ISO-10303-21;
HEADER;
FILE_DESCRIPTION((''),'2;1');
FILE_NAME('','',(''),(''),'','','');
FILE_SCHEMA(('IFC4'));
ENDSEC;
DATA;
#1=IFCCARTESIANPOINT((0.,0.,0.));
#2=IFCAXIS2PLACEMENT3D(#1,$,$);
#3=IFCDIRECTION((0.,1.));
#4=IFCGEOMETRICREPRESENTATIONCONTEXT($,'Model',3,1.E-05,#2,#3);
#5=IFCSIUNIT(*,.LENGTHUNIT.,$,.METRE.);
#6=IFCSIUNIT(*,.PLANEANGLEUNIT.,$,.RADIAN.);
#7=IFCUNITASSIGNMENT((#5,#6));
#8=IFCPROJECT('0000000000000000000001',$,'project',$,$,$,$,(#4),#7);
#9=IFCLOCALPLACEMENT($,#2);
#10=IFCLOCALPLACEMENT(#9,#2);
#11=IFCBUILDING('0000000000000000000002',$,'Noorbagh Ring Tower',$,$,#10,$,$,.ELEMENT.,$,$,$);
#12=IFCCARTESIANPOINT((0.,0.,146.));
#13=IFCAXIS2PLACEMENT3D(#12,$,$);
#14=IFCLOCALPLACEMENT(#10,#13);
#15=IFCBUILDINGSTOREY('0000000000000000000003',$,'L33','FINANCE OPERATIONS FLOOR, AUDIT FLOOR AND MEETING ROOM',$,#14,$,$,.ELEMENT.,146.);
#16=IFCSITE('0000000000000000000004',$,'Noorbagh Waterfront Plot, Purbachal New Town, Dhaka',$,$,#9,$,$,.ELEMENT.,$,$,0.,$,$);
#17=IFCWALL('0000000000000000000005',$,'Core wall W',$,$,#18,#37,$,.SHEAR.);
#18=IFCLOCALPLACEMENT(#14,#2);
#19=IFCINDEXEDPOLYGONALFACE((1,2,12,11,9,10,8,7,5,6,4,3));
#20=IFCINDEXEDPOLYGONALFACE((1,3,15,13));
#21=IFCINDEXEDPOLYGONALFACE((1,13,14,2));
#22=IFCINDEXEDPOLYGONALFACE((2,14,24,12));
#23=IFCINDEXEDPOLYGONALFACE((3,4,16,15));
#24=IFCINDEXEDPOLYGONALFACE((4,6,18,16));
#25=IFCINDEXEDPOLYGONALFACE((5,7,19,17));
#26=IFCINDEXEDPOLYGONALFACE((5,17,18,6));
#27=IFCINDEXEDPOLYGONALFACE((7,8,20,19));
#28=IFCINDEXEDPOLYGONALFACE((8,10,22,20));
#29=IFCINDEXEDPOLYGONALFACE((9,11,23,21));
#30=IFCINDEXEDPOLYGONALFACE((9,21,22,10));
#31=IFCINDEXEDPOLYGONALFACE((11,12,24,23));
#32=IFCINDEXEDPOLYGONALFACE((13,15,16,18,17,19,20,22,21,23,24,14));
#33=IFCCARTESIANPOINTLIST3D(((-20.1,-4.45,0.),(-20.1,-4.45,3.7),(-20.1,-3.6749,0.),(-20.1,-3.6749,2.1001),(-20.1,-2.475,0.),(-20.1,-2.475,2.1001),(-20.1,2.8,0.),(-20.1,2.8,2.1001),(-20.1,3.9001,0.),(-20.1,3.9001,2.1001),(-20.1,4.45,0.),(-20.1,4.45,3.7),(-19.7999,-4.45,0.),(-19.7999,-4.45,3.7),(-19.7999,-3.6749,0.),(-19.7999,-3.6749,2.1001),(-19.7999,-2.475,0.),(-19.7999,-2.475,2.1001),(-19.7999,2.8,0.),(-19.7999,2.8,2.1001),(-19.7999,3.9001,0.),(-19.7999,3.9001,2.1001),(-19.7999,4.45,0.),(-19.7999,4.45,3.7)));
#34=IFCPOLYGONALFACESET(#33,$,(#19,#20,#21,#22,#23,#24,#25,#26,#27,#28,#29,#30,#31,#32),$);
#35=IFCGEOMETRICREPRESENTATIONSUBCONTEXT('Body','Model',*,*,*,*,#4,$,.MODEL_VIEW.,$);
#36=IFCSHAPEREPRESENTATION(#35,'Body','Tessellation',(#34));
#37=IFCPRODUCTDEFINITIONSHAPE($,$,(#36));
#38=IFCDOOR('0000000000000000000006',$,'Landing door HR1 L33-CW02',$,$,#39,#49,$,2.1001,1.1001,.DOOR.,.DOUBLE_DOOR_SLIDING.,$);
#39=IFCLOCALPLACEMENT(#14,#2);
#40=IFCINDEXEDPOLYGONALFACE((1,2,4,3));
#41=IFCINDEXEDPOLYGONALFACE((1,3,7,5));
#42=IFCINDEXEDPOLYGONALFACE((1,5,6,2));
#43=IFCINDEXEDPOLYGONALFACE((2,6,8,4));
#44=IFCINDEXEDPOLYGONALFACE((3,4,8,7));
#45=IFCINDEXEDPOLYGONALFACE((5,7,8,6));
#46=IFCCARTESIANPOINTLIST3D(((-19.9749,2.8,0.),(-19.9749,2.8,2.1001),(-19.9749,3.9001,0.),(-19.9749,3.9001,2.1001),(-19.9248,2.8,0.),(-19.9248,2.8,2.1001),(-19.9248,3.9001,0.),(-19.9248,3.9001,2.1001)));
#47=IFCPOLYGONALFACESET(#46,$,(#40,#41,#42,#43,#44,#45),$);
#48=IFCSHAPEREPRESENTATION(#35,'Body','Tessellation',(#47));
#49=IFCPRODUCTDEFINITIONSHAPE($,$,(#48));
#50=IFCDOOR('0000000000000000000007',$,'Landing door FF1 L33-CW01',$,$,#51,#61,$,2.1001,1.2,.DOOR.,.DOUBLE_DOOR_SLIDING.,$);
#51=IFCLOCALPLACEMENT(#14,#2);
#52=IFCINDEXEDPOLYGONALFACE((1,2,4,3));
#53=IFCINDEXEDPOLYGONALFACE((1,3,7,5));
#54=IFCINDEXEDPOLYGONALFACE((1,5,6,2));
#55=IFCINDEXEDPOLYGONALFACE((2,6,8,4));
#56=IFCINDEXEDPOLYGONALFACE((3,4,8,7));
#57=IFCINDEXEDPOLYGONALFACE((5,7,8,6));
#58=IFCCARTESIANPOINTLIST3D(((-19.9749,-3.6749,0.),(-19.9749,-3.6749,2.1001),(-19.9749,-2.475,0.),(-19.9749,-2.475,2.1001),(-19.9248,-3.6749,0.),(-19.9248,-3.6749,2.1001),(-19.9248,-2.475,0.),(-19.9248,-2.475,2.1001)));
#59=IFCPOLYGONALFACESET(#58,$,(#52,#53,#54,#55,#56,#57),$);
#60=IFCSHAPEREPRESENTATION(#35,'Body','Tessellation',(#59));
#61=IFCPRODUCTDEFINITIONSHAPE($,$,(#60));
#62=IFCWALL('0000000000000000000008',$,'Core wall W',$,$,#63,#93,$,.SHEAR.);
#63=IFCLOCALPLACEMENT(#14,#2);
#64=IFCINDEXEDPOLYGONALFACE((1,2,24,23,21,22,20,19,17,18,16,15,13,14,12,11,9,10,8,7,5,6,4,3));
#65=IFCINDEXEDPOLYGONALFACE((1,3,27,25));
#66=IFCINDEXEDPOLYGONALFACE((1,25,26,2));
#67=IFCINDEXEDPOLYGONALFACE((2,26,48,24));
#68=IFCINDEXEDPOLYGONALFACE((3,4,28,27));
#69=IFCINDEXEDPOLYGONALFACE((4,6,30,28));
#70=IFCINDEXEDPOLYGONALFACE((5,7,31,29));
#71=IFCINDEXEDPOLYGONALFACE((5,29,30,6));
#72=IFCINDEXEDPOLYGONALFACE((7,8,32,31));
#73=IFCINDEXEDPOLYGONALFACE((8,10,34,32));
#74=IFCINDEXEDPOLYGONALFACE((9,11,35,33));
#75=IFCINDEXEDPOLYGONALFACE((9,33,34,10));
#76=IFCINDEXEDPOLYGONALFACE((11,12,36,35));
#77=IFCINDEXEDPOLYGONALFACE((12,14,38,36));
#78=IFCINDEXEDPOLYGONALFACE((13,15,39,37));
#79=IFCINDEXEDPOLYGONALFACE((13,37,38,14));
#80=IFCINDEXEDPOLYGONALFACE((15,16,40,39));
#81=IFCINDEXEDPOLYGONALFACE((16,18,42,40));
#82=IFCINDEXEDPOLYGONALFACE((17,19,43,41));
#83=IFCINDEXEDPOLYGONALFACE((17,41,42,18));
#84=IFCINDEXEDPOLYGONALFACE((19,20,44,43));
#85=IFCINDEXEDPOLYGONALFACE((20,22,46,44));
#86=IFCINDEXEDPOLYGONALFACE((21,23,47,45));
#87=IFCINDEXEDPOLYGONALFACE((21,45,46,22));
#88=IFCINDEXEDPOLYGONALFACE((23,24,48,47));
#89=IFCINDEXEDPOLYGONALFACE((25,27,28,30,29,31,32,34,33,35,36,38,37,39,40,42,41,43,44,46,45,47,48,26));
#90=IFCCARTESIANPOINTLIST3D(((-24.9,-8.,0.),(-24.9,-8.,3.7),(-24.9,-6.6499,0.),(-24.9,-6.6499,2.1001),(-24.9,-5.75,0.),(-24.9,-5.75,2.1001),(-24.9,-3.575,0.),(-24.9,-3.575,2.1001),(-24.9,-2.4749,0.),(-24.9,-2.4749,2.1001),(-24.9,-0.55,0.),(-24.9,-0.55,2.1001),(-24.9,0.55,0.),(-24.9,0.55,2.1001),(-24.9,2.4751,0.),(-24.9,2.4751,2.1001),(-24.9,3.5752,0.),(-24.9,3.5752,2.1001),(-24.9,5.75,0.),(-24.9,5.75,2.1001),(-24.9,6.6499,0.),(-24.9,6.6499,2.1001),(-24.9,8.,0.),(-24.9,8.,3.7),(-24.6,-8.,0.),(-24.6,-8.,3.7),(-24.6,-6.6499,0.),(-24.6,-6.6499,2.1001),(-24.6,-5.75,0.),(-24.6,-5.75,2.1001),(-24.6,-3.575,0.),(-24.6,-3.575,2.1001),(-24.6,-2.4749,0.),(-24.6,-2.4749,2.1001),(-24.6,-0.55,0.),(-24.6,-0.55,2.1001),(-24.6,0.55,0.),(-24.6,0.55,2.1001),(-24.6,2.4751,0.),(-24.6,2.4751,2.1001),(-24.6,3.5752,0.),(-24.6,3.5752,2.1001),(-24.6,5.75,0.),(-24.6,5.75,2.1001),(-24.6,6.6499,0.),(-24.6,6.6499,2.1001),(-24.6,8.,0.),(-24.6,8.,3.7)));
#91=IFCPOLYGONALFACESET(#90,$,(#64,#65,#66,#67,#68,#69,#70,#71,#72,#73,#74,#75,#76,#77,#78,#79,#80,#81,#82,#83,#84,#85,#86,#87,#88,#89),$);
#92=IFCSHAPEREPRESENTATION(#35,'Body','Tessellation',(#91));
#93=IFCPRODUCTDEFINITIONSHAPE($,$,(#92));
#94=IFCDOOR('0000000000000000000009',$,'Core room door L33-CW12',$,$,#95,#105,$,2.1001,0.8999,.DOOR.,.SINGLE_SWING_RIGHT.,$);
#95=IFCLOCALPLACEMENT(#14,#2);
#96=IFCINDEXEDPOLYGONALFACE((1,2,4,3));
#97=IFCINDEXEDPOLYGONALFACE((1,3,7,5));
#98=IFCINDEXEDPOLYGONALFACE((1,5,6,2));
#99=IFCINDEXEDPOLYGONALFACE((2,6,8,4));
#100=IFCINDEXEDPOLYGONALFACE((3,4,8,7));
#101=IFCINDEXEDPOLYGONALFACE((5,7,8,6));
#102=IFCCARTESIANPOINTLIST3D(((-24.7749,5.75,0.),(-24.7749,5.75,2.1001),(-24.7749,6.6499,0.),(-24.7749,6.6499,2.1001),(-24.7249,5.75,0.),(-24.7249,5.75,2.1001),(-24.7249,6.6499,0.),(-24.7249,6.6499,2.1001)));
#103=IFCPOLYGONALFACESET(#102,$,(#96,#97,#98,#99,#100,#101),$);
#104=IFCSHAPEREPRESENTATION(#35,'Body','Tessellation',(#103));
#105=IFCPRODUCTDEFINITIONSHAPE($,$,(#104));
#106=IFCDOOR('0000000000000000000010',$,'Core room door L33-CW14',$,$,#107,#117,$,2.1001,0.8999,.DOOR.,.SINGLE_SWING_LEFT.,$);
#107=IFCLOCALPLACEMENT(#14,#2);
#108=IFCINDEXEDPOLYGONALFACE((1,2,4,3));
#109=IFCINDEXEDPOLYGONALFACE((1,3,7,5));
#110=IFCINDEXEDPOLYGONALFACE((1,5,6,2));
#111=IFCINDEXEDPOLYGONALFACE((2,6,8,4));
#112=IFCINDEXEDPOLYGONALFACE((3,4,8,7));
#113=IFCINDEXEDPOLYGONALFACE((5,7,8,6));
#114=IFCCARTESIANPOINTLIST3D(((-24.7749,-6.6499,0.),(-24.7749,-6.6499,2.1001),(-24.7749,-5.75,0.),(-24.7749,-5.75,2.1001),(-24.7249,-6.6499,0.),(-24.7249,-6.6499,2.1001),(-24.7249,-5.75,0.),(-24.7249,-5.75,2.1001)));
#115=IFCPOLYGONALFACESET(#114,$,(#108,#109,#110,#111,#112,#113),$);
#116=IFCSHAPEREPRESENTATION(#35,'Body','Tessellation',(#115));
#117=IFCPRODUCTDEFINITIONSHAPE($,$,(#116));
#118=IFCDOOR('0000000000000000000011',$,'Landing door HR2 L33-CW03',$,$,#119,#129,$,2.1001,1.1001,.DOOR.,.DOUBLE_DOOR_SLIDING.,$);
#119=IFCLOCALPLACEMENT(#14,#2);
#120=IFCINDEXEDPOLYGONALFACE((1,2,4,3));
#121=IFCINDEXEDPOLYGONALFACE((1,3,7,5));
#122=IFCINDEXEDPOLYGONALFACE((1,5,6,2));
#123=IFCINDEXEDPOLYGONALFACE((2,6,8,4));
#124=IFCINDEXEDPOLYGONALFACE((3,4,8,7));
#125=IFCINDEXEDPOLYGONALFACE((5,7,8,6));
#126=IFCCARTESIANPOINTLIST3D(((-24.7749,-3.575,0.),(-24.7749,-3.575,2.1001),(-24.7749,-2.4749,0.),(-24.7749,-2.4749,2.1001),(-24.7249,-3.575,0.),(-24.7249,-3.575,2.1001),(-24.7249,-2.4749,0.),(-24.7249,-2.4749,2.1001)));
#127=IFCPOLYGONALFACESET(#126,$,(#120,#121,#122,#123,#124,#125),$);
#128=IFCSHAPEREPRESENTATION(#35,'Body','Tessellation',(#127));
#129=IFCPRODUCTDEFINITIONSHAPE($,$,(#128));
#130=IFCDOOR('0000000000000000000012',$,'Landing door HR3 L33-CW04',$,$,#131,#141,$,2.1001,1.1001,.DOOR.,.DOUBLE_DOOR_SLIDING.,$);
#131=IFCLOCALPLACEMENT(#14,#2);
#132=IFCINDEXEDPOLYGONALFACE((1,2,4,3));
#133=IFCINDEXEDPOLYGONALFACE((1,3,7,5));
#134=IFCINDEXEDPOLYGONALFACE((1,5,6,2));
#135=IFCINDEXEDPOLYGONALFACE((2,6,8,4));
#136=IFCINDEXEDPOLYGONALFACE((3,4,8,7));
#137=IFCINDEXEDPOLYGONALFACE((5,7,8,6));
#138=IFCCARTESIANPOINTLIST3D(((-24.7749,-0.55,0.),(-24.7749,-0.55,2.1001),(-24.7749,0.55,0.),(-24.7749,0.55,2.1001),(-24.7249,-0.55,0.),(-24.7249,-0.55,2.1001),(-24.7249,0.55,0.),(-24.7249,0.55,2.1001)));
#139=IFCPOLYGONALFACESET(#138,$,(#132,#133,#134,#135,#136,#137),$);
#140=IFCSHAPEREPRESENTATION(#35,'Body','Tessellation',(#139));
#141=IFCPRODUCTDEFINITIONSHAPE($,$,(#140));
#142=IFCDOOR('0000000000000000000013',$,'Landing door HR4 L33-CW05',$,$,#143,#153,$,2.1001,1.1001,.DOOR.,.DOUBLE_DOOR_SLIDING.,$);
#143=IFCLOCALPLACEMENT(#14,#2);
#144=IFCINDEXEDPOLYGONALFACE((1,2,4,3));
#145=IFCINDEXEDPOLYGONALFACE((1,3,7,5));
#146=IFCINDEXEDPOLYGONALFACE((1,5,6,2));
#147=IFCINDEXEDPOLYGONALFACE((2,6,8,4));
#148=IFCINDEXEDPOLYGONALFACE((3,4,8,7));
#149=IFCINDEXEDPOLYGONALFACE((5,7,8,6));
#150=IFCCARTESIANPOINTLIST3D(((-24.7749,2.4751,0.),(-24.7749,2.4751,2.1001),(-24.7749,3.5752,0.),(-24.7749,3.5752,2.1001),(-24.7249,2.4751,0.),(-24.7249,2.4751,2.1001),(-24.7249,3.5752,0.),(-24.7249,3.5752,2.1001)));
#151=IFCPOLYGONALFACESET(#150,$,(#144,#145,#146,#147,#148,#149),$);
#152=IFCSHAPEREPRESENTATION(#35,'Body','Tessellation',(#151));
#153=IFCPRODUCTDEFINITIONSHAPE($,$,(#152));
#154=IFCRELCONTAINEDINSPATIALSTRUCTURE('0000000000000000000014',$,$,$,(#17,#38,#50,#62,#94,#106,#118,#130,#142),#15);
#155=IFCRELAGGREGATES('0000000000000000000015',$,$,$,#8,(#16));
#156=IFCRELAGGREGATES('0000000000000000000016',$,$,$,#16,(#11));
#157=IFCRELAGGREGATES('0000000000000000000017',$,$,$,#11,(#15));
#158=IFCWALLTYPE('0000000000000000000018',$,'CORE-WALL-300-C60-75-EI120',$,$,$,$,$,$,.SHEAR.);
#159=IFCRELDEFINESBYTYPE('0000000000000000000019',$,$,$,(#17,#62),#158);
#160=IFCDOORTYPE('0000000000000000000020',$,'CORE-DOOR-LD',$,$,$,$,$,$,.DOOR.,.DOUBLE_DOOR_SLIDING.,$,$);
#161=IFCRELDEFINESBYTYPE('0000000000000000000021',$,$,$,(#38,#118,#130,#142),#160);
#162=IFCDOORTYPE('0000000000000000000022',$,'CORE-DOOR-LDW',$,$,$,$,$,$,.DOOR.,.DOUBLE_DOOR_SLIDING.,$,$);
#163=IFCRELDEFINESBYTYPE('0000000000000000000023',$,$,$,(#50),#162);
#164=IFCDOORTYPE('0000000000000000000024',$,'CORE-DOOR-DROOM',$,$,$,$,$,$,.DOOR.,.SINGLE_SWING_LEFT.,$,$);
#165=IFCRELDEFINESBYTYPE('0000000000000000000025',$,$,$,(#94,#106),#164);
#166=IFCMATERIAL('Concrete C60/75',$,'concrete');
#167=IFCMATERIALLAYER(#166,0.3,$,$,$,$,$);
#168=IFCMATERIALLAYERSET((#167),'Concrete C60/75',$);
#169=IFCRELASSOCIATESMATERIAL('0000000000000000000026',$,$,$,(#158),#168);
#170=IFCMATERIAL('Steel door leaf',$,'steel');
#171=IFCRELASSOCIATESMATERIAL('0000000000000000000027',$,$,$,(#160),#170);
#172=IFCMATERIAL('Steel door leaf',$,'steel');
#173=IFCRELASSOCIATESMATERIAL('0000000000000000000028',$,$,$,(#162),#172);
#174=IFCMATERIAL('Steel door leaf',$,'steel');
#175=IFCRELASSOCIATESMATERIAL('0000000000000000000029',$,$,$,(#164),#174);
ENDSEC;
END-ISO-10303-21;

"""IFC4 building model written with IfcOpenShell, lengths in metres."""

from ifc_helpers import new_model, si_unit, direction, frame, frame_2d, origin, place, context, subcontext, project, spatial, rectangle, extrude, material, layer, layer_set, type_object, element, fill, save


model = new_model("IFC4")

# Units and contexts
model_context = context("Model", 3, precision=1e-05, world=origin(), true_north=direction((0.0, 1.0)))
body_context = subcontext(model_context, "Body", "Model", "MODEL_VIEW")
ifc_project = project(units=[si_unit("LENGTHUNIT", "METRE"), si_unit("PLANEANGLEUNIT", "RADIAN")], contexts=[model_context])

# Site, building, storey
site_placement = place(None, origin())
site = spatial("IfcSite", under=ifc_project, at=site_placement, Name="Noorbagh Waterfront Plot, Purbachal New Town, Dhaka", CompositionType="ELEMENT", RefElevation=0.0)
building_placement = place(site_placement, origin())
building = spatial("IfcBuilding", under=site, at=building_placement, Name="Noorbagh Ring Tower", CompositionType="ELEMENT")
storey_placement = place(building_placement, frame((0.0, 0.0, 146.0)))
storey = spatial("IfcBuildingStorey", under=building, at=storey_placement, Name="L33", Description="FINANCE OPERATIONS FLOOR, AUDIT FLOOR AND MEETING ROOM", CompositionType="ELEMENT", Elevation=146.0)

# Shared definitions
ifc_material_1 = material(Name="Concrete C60/75", Category="concrete")
ifc_layer_1 = layer(ifc_material_1, 0.3)
ifc_layer_set_1 = layer_set([ifc_layer_1], Name="Concrete C60/75")
wall_type_1 = type_object("IfcWallType", Name="CORE-WALL-300-C60-75-EI120", PredefinedType="SHEAR", material=ifc_layer_set_1)

# Walls, openings, doors
wall_1_placement = place(storey_placement, frame((-19.95, -4.45, 0.0), z_axis=(0.0, 0.0, 1.0), x_axis=(0.0, 1.0, 0.0)))
wall_1 = element("IfcWall", 1, at=wall_1_placement, inside=storey, type_object=wall_type_1, Name="Core wall W", PredefinedType="SHEAR", context=body_context, shape_type="SweptSolid", body=[
    extrude(rectangle(XDim=8.8999, YDim=0.3, at=frame_2d((4.45, 0.0))), origin(), (0.0, 0.0, 1.0), 3.7),
])
opening_1_placement = place(wall_1_placement, frame((0.7749, 0.0, 0.0)))
opening_1 = element("IfcOpeningElement", 2, at=opening_1_placement, cuts=wall_1, PredefinedType="OPENING", context=body_context, shape_type="SweptSolid", body=[
    extrude(rectangle(XDim=1.2, YDim=2.1001, at=frame_2d((0.6001, 1.05))), frame((0.0, 0.1602, 0.0), z_axis=(0.0, -1.0, 0.0), x_axis=(1.0, 0.0, 0.0)), (0.0, 0.0, 1.0), 0.3201),
])
opening_2_placement = place(wall_1_placement, frame((7.25, 0.0, 0.0)))
opening_2 = element("IfcOpeningElement", 3, at=opening_2_placement, cuts=wall_1, PredefinedType="OPENING", context=body_context, shape_type="SweptSolid", body=[
    extrude(rectangle(XDim=1.1001, YDim=2.1001, at=frame_2d((0.55, 1.05))), frame((0.0, 0.1602, 0.0), z_axis=(0.0, -1.0, 0.0), x_axis=(1.0, 0.0, 0.0)), (0.0, 0.0, 1.0), 0.3201),
])
ifc_material_2 = material(Name="Steel door leaf", Category="steel")
door_type_1 = type_object("IfcDoorType", Name="CORE-DOOR-LD", OperationType="DOUBLE_DOOR_SLIDING", PredefinedType="DOOR", material=ifc_material_2)
door_1_placement = place(opening_2_placement, origin())
door_1 = element("IfcDoor", 4, at=door_1_placement, inside=storey, type_object=door_type_1, Name="Landing door HR1 L33-CW02", OperationType="DOUBLE_DOOR_SLIDING", OverallHeight=2.1001, OverallWidth=1.1001, PredefinedType="DOOR", context=body_context, shape_type="SweptSolid", body=[
    extrude(rectangle(XDim=1.1001, YDim=2.1001, at=frame_2d((0.55, 1.05))), frame((0.0, 0.0249, 0.0), z_axis=(0.0, -1.0, 0.0), x_axis=(1.0, 0.0, 0.0)), (0.0, 0.0, 1.0), 0.05),
])
fill(opening_2, door_1)
ifc_material_3 = material(Name="Steel door leaf", Category="steel")
door_type_2 = type_object("IfcDoorType", Name="CORE-DOOR-LDW", OperationType="DOUBLE_DOOR_SLIDING", PredefinedType="DOOR", material=ifc_material_3)
door_2_placement = place(opening_1_placement, origin())
door_2 = element("IfcDoor", 5, at=door_2_placement, inside=storey, type_object=door_type_2, Name="Landing door FF1 L33-CW01", OperationType="DOUBLE_DOOR_SLIDING", OverallHeight=2.1001, OverallWidth=1.2, PredefinedType="DOOR", context=body_context, shape_type="SweptSolid", body=[
    extrude(rectangle(XDim=1.2, YDim=2.1001, at=frame_2d((0.6001, 1.05))), frame((0.0, 0.0249, 0.0), z_axis=(0.0, -1.0, 0.0), x_axis=(1.0, 0.0, 0.0)), (0.0, 0.0, 1.0), 0.05),
])
fill(opening_1, door_2)
wall_2_placement = place(storey_placement, frame((-24.75, -8.0, 0.0), z_axis=(0.0, 0.0, 1.0), x_axis=(0.0, 1.0, 0.0)))
wall_2 = element("IfcWall", 6, at=wall_2_placement, inside=storey, type_object=wall_type_1, Name="Core wall W", PredefinedType="SHEAR", context=body_context, shape_type="SweptSolid", body=[
    extrude(rectangle(XDim=16.0, YDim=0.3, at=frame_2d((8.0, 0.0))), origin(), (0.0, 0.0, 1.0), 3.7),
])
opening_3_placement = place(wall_2_placement, frame((4.425, 0.0, 0.0)))
opening_3 = element("IfcOpeningElement", 7, at=opening_3_placement, cuts=wall_2, PredefinedType="OPENING", context=body_context, shape_type="SweptSolid", body=[
    extrude(rectangle(XDim=1.1001, YDim=2.1001, at=frame_2d((0.55, 1.05))), frame((0.0, 0.1602, 0.0), z_axis=(0.0, -1.0, 0.0), x_axis=(1.0, 0.0, 0.0)), (0.0, 0.0, 1.0), 0.3201),
])
opening_4_placement = place(wall_2_placement, frame((7.45, 0.0, 0.0)))
opening_4 = element("IfcOpeningElement", 8, at=opening_4_placement, cuts=wall_2, PredefinedType="OPENING", context=body_context, shape_type="SweptSolid", body=[
    extrude(rectangle(XDim=1.1001, YDim=2.1001, at=frame_2d((0.55, 1.05))), frame((0.0, 0.1602, 0.0), z_axis=(0.0, -1.0, 0.0), x_axis=(1.0, 0.0, 0.0)), (0.0, 0.0, 1.0), 0.3201),
])
opening_5_placement = place(wall_2_placement, frame((10.4751, 0.0, 0.0)))
opening_5 = element("IfcOpeningElement", 9, at=opening_5_placement, cuts=wall_2, PredefinedType="OPENING", context=body_context, shape_type="SweptSolid", body=[
    extrude(rectangle(XDim=1.1001, YDim=2.1001, at=frame_2d((0.55, 1.05))), frame((0.0, 0.1602, 0.0), z_axis=(0.0, -1.0, 0.0), x_axis=(1.0, 0.0, 0.0)), (0.0, 0.0, 1.0), 0.3201),
])
opening_6_placement = place(wall_2_placement, frame((13.75, 0.0, 0.0)))
opening_6 = element("IfcOpeningElement", 10, at=opening_6_placement, cuts=wall_2, PredefinedType="OPENING", context=body_context, shape_type="SweptSolid", body=[
    extrude(rectangle(XDim=0.8999, YDim=2.1001, at=frame_2d((0.45, 1.05))), frame((0.0, 0.1602, 0.0), z_axis=(0.0, -1.0, 0.0), x_axis=(1.0, 0.0, 0.0)), (0.0, 0.0, 1.0), 0.3201),
])
opening_7_placement = place(wall_2_placement, frame((1.3501, 0.0, 0.0)))
opening_7 = element("IfcOpeningElement", 11, at=opening_7_placement, cuts=wall_2, PredefinedType="OPENING", context=body_context, shape_type="SweptSolid", body=[
    extrude(rectangle(XDim=0.8999, YDim=2.1001, at=frame_2d((0.45, 1.05))), frame((0.0, 0.1602, 0.0), z_axis=(0.0, -1.0, 0.0), x_axis=(1.0, 0.0, 0.0)), (0.0, 0.0, 1.0), 0.3201),
])
ifc_material_4 = material(Name="Steel door leaf", Category="steel")
door_type_3 = type_object("IfcDoorType", Name="CORE-DOOR-DROOM", OperationType="SINGLE_SWING_LEFT", PredefinedType="DOOR", material=ifc_material_4)
door_3_placement = place(opening_6_placement, origin())
door_3 = element("IfcDoor", 12, at=door_3_placement, inside=storey, type_object=door_type_3, Name="Core room door L33-CW12", OperationType="SINGLE_SWING_RIGHT", OverallHeight=2.1001, OverallWidth=0.8999, PredefinedType="DOOR", context=body_context, shape_type="SweptSolid", body=[
    extrude(rectangle(XDim=0.8999, YDim=2.1001, at=frame_2d((0.45, 1.05))), frame((0.0, 0.0249, 0.0), z_axis=(0.0, -1.0, 0.0), x_axis=(1.0, 0.0, 0.0)), (0.0, 0.0, 1.0), 0.05),
])
fill(opening_6, door_3)
door_4_placement = place(opening_7_placement, origin())
door_4 = element("IfcDoor", 13, at=door_4_placement, inside=storey, type_object=door_type_3, Name="Core room door L33-CW14", OperationType="SINGLE_SWING_LEFT", OverallHeight=2.1001, OverallWidth=0.8999, PredefinedType="DOOR", context=body_context, shape_type="SweptSolid", body=[
    extrude(rectangle(XDim=0.8999, YDim=2.1001, at=frame_2d((0.45, 1.05))), frame((0.0, 0.0249, 0.0), z_axis=(0.0, -1.0, 0.0), x_axis=(1.0, 0.0, 0.0)), (0.0, 0.0, 1.0), 0.05),
])
fill(opening_7, door_4)
door_5_placement = place(opening_3_placement, origin())
door_5 = element("IfcDoor", 14, at=door_5_placement, inside=storey, type_object=door_type_1, Name="Landing door HR2 L33-CW03", OperationType="DOUBLE_DOOR_SLIDING", OverallHeight=2.1001, OverallWidth=1.1001, PredefinedType="DOOR", context=body_context, shape_type="SweptSolid", body=[
    extrude(rectangle(XDim=1.1001, YDim=2.1001, at=frame_2d((0.55, 1.05))), frame((0.0, 0.0249, 0.0), z_axis=(0.0, -1.0, 0.0), x_axis=(1.0, 0.0, 0.0)), (0.0, 0.0, 1.0), 0.05),
])
fill(opening_3, door_5)
door_6_placement = place(opening_4_placement, origin())
door_6 = element("IfcDoor", 15, at=door_6_placement, inside=storey, type_object=door_type_1, Name="Landing door HR3 L33-CW04", OperationType="DOUBLE_DOOR_SLIDING", OverallHeight=2.1001, OverallWidth=1.1001, PredefinedType="DOOR", context=body_context, shape_type="SweptSolid", body=[
    extrude(rectangle(XDim=1.1001, YDim=2.1001, at=frame_2d((0.55, 1.05))), frame((0.0, 0.0249, 0.0), z_axis=(0.0, -1.0, 0.0), x_axis=(1.0, 0.0, 0.0)), (0.0, 0.0, 1.0), 0.05),
])
fill(opening_4, door_6)
door_7_placement = place(opening_5_placement, origin())
door_7 = element("IfcDoor", 16, at=door_7_placement, inside=storey, type_object=door_type_1, Name="Landing door HR4 L33-CW05", OperationType="DOUBLE_DOOR_SLIDING", OverallHeight=2.1001, OverallWidth=1.1001, PredefinedType="DOOR", context=body_context, shape_type="SweptSolid", body=[
    extrude(rectangle(XDim=1.1001, YDim=2.1001, at=frame_2d((0.55, 1.05))), frame((0.0, 0.0249, 0.0), z_axis=(0.0, -1.0, 0.0), x_axis=(1.0, 0.0, 0.0)), (0.0, 0.0, 1.0), 0.05),
])
fill(opening_5, door_7)

save(model, "model.ifc")
